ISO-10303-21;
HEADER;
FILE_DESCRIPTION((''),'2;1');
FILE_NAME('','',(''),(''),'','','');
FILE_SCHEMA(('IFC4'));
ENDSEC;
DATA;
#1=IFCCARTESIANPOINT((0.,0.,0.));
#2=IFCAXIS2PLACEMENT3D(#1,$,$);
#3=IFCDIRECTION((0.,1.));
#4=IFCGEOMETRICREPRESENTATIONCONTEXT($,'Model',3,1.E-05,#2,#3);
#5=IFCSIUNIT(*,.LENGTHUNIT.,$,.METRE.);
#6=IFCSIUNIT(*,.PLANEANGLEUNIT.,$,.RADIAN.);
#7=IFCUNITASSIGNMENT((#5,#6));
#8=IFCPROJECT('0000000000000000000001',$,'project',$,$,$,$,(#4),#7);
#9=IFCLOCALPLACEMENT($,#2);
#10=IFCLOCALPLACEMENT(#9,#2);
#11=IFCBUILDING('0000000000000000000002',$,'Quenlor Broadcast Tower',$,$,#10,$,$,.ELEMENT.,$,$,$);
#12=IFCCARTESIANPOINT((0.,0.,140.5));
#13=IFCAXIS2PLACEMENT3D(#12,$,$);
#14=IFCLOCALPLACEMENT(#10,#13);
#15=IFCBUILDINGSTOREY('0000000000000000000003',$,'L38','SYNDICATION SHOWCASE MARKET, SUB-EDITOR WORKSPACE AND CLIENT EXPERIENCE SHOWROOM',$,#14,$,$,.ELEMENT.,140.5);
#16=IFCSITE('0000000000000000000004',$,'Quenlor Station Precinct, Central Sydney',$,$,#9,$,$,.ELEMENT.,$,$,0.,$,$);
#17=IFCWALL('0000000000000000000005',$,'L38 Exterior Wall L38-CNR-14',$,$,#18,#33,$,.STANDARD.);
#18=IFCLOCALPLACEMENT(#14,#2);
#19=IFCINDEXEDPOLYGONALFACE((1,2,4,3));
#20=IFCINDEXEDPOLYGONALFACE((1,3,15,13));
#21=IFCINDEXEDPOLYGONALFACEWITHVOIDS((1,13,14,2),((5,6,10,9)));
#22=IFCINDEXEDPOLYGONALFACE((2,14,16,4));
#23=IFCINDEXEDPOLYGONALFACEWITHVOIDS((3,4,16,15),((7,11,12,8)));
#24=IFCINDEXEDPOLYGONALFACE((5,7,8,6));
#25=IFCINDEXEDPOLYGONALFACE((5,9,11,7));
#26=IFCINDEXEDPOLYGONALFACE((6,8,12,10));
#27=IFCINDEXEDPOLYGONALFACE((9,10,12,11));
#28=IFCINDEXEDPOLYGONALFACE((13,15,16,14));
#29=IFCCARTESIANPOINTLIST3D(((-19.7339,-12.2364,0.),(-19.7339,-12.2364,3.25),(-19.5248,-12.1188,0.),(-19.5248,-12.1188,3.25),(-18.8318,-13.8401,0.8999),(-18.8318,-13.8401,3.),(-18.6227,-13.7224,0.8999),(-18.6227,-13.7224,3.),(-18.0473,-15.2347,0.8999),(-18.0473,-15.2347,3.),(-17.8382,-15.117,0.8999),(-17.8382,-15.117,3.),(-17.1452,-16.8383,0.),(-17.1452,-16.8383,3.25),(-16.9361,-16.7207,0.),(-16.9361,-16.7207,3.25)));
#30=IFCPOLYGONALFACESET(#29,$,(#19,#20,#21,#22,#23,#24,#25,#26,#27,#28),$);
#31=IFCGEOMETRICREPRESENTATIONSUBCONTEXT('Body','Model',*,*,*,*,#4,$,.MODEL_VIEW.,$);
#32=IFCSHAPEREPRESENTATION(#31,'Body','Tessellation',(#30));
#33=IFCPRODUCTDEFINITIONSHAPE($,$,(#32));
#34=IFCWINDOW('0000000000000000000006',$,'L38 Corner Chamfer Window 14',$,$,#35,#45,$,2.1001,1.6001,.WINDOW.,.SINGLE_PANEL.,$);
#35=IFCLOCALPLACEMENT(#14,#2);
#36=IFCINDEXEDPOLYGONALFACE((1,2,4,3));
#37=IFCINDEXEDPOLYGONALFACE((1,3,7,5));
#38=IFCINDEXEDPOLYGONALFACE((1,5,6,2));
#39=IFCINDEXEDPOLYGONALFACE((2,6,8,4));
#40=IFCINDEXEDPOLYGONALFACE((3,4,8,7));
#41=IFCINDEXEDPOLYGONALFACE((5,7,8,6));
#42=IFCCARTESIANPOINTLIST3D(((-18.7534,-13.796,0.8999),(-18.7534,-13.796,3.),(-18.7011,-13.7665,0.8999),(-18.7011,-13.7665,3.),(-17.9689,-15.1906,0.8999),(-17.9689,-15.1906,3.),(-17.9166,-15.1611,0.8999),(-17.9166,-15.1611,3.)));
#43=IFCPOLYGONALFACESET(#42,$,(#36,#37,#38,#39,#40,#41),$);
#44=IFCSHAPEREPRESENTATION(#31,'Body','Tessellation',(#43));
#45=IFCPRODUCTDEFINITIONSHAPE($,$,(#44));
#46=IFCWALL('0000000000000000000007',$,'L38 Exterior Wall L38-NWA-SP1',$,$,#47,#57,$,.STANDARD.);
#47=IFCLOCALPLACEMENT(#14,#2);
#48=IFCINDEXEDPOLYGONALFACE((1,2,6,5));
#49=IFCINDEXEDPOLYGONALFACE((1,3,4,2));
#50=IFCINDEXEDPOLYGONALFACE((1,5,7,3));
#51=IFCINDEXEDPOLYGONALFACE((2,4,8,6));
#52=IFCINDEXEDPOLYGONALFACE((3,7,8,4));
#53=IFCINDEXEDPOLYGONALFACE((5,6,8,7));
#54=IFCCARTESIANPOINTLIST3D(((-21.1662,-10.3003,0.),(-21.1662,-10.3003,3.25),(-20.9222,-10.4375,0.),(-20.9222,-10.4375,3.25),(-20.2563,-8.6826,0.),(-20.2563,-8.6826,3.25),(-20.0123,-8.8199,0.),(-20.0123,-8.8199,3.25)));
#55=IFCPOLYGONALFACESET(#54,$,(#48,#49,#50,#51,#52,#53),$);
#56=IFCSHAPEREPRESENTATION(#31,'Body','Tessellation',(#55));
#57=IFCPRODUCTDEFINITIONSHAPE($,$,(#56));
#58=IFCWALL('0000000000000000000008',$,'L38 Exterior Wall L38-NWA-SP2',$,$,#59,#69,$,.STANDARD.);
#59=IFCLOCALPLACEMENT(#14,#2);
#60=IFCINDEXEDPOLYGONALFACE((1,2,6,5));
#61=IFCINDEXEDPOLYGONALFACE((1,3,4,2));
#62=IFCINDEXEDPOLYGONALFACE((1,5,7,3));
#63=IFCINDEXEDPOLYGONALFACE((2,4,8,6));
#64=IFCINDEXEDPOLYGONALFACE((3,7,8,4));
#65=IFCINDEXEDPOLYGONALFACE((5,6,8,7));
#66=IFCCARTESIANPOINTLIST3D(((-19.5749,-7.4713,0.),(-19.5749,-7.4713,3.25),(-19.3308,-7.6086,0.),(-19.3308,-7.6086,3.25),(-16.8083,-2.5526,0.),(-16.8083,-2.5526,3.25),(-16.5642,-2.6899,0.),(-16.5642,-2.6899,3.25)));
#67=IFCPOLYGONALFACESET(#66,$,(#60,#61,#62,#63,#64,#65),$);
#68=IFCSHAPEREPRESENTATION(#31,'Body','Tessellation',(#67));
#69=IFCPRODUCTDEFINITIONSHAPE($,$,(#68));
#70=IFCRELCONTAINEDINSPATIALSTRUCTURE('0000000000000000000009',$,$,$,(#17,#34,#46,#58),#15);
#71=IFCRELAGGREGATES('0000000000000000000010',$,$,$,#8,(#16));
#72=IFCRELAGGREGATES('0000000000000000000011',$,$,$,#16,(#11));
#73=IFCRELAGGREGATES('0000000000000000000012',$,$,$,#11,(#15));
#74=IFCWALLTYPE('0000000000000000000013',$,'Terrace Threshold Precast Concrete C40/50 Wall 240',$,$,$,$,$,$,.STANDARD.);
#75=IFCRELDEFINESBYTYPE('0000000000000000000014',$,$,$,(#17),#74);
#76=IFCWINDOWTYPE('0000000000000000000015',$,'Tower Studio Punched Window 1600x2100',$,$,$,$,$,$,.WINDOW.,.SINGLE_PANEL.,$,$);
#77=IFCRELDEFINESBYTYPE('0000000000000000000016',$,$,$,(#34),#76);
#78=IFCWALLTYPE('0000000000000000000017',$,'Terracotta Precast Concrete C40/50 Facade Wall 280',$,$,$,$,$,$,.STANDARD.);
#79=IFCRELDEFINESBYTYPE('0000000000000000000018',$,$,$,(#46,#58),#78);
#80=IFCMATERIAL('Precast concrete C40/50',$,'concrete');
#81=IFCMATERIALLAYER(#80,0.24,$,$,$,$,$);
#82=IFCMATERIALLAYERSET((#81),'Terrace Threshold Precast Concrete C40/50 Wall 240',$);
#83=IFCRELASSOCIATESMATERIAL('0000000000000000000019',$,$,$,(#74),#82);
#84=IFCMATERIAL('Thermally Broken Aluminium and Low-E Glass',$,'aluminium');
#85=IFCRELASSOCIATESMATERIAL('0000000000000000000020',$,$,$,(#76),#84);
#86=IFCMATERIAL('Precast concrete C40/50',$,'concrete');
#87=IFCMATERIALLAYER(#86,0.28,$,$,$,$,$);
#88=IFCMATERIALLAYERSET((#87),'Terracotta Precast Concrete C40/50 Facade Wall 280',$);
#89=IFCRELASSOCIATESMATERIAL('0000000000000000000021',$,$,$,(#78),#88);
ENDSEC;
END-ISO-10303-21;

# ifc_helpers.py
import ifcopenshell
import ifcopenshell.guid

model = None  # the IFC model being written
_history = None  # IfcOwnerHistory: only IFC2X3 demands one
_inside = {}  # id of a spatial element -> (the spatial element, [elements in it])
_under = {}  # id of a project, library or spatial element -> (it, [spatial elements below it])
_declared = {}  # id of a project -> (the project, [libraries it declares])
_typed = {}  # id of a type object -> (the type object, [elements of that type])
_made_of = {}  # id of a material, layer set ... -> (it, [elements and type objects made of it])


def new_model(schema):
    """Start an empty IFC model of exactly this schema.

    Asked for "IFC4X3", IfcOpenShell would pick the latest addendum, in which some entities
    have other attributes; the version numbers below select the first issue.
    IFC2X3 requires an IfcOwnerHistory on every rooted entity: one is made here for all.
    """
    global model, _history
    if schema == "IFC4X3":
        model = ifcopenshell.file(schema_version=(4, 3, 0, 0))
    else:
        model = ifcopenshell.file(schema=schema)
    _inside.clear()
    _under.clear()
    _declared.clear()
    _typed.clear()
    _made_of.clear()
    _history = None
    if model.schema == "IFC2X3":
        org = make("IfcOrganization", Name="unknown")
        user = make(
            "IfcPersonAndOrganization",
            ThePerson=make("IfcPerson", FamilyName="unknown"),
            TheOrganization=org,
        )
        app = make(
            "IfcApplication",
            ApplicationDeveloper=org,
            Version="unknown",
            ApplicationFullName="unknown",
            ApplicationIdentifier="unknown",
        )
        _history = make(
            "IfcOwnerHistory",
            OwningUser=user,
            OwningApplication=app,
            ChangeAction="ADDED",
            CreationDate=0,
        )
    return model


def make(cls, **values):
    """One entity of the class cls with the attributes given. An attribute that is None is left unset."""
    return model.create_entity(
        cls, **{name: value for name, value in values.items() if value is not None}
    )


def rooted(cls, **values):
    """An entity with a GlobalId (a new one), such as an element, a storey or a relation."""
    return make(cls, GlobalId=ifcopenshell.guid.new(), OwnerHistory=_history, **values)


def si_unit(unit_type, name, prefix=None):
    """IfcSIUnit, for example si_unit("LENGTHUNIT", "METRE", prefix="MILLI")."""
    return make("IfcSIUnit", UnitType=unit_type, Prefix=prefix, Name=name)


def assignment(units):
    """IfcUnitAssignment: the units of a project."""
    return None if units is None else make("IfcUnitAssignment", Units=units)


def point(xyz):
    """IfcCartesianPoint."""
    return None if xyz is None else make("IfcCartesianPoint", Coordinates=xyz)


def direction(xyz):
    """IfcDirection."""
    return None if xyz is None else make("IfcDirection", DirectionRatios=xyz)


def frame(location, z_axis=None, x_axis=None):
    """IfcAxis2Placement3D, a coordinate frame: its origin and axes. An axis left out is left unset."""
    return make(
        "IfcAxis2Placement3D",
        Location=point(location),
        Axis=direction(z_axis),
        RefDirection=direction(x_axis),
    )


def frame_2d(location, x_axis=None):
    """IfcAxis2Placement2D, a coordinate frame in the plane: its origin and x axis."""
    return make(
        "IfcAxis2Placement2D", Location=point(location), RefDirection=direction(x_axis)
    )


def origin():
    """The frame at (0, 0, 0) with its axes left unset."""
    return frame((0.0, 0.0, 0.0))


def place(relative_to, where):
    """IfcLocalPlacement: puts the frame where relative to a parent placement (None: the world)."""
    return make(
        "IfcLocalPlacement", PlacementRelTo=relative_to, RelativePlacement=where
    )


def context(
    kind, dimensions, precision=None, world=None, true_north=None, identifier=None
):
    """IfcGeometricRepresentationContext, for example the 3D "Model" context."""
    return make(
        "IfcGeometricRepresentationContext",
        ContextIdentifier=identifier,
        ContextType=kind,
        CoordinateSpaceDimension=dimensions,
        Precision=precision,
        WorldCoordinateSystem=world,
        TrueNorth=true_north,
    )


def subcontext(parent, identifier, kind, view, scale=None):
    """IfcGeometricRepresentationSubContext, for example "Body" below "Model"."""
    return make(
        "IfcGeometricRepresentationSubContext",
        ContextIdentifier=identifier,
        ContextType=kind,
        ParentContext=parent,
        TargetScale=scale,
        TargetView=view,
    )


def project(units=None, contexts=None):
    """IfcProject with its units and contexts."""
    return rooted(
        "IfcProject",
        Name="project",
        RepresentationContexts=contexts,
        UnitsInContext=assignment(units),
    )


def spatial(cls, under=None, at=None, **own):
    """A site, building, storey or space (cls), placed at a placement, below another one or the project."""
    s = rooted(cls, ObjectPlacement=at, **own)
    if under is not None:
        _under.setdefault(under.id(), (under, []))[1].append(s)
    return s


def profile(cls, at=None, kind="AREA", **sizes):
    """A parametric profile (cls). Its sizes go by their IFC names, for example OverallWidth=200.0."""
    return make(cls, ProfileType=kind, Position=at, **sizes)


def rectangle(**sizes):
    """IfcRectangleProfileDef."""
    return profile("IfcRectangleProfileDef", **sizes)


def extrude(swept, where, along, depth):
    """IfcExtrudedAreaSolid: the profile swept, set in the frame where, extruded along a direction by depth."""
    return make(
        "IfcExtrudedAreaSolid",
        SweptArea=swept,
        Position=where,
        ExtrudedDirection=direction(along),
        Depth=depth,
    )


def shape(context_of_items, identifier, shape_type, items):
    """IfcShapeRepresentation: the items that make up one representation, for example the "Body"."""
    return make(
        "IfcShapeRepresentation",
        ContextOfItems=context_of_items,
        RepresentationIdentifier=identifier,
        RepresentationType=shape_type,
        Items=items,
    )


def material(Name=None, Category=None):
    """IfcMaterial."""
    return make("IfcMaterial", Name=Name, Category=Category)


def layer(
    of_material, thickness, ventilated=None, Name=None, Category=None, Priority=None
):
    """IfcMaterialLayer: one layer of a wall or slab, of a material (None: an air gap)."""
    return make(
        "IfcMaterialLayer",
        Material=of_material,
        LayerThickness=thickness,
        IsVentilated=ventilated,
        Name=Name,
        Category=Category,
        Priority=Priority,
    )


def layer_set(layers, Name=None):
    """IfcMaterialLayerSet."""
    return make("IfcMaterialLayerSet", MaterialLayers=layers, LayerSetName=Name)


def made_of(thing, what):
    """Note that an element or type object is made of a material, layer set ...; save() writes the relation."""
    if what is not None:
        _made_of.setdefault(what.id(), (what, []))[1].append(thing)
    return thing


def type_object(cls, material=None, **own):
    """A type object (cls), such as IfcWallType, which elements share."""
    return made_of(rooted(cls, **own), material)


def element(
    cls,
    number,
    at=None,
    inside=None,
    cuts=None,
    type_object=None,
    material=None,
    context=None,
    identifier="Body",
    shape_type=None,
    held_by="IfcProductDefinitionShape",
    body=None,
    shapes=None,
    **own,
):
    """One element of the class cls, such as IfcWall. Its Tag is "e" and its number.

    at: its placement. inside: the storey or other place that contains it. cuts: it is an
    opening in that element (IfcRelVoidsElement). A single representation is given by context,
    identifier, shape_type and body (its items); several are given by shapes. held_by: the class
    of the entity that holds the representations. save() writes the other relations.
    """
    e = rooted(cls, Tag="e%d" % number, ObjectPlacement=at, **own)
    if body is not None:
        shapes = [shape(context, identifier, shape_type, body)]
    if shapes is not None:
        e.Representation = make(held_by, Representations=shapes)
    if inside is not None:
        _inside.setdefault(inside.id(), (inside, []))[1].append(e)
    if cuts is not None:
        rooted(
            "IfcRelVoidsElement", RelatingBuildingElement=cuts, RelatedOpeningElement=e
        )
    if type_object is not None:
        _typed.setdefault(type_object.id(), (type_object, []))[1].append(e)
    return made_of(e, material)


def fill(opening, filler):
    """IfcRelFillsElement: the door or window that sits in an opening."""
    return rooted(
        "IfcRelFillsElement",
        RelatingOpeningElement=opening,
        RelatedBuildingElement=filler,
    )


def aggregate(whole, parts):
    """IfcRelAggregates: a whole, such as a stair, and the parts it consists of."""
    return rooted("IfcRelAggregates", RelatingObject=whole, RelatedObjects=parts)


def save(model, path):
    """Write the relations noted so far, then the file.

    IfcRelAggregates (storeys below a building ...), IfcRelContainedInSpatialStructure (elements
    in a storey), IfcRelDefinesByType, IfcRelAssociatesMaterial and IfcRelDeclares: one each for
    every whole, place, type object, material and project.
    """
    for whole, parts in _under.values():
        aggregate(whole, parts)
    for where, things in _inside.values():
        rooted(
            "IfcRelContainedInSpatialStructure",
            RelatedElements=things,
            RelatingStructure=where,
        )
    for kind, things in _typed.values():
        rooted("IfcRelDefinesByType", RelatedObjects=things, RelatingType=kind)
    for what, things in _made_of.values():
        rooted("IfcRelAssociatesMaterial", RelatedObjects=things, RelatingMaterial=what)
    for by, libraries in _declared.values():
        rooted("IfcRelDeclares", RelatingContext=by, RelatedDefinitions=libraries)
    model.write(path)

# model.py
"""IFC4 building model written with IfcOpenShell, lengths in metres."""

from ifc_helpers import new_model, si_unit, direction, frame, frame_2d, origin, place, context, subcontext, project, spatial, rectangle, extrude, material, layer, layer_set, type_object, element, fill, save


model = new_model("IFC4")

# Units and contexts
model_context = context("Model", 3, precision=1e-05, world=origin(), true_north=direction((0.0, 1.0)))
body_context = subcontext(model_context, "Body", "Model", "MODEL_VIEW")
ifc_project = project(units=[si_unit("LENGTHUNIT", "METRE"), si_unit("PLANEANGLEUNIT", "RADIAN")], contexts=[model_context])

# Site, building, storey
site_placement = place(None, origin())
site = spatial("IfcSite", under=ifc_project, at=site_placement, Name="Quenlor Station Precinct, Central Sydney", CompositionType="ELEMENT", RefElevation=0.0)
building_placement = place(site_placement, origin())
building = spatial("IfcBuilding", under=site, at=building_placement, Name="Quenlor Broadcast Tower", CompositionType="ELEMENT")
storey_placement = place(building_placement, frame((0.0, 0.0, 140.5)))
storey = spatial("IfcBuildingStorey", under=building, at=storey_placement, Name="L38", Description="SYNDICATION SHOWCASE MARKET, SUB-EDITOR WORKSPACE AND CLIENT EXPERIENCE SHOWROOM", CompositionType="ELEMENT", Elevation=140.5)

# Shared definitions
ifc_material_1 = material(Name="Precast concrete C40/50", Category="concrete")
ifc_layer_1 = layer(ifc_material_1, 0.24)
ifc_layer_set_1 = layer_set([ifc_layer_1], Name="Terrace Threshold Precast Concrete C40/50 Wall 240")
wall_type_1 = type_object("IfcWallType", Name="Terrace Threshold Precast Concrete C40/50 Wall 240", PredefinedType="STANDARD", material=ifc_layer_set_1)

# Wall, opening, window
wall_1_placement = place(storey_placement, frame((-19.6294, -12.1775, 0.0), z_axis=(0.0, 0.0, 1.0), x_axis=(0.490277, -0.871567, 0.0)))
wall_1 = element("IfcWall", 1, at=wall_1_placement, inside=storey, type_object=wall_type_1, Name="L38 Exterior Wall L38-CNR-14", PredefinedType="STANDARD", context=body_context, shape_type="SweptSolid", body=[
    extrude(rectangle(XDim=5.28, YDim=0.24, at=frame_2d((2.6401, 0.0))), origin(), (0.0, 0.0, 1.0), 3.25),
])
opening_placement = place(wall_1_placement, frame((1.8401, 0.0, 0.8999)))
opening = element("IfcOpeningElement", 2, at=opening_placement, cuts=wall_1, PredefinedType="OPENING", context=body_context, shape_type="SweptSolid", body=[
    extrude(rectangle(XDim=1.6001, YDim=2.1001, at=frame_2d((0.8, 1.05))), frame((0.0, 0.1299, 0.0), z_axis=(0.0, -1.0, 0.0), x_axis=(1.0, 0.0, 0.0)), (0.0, 0.0, 1.0), 0.26),
])
ifc_material_2 = material(Name="Thermally Broken Aluminium and Low-E Glass", Category="aluminium")
window_type = type_object("IfcWindowType", Name="Tower Studio Punched Window 1600x2100", PartitioningType="SINGLE_PANEL", PredefinedType="WINDOW", material=ifc_material_2)
window_placement = place(opening_placement, origin())
window = element("IfcWindow", 3, at=window_placement, inside=storey, type_object=window_type, Name="L38 Corner Chamfer Window 14", OverallHeight=2.1001, OverallWidth=1.6001, PartitioningType="SINGLE_PANEL", PredefinedType="WINDOW", context=body_context, shape_type="SweptSolid", body=[
    extrude(rectangle(XDim=1.6001, YDim=2.1001, at=frame_2d((0.8, 1.05))), frame((0.0, 0.03, 0.0), z_axis=(0.0, -1.0, 0.0), x_axis=(1.0, 0.0, 0.0)), (0.0, 0.0, 1.0), 0.0601),
])
fill(opening, window)

# Walls
ifc_material_3 = material(Name="Precast concrete C40/50", Category="concrete")
ifc_layer_2 = layer(ifc_material_3, 0.28)
ifc_layer_set_2 = layer_set([ifc_layer_2], Name="Terracotta Precast Concrete C40/50 Facade Wall 280")
wall_type_2 = type_object("IfcWallType", Name="Terracotta Precast Concrete C40/50 Facade Wall 280", PredefinedType="STANDARD", material=ifc_layer_set_2)
wall_2_placement = place(storey_placement, frame((-21.0442, -10.3689, 0.0), z_axis=(0.0, 0.0, 1.0), x_axis=(0.490249, 0.871583, 0.0)))
element("IfcWall", 4, at=wall_2_placement, inside=storey, type_object=wall_type_2, Name="L38 Exterior Wall L38-NWA-SP1", PredefinedType="STANDARD", context=body_context, shape_type="SweptSolid", body=[
    extrude(rectangle(XDim=1.856, YDim=0.28, at=frame_2d((0.928, 0.0))), origin(), (0.0, 0.0, 1.0), 3.25),
])
wall_3_placement = place(storey_placement, frame((-19.4529, -7.54, 0.0), z_axis=(0.0, 0.0, 1.0), x_axis=(0.490239, 0.871588, 0.0)))
element("IfcWall", 5, at=wall_3_placement, inside=storey, type_object=wall_type_2, Name="L38 Exterior Wall L38-NWA-SP2", PredefinedType="STANDARD", context=body_context, shape_type="SweptSolid", body=[
    extrude(rectangle(XDim=5.6433, YDim=0.28, at=frame_2d((2.8218, 0.0))), origin(), (0.0, 0.0, 1.0), 3.25),
])

save(model, "model.ifc")
